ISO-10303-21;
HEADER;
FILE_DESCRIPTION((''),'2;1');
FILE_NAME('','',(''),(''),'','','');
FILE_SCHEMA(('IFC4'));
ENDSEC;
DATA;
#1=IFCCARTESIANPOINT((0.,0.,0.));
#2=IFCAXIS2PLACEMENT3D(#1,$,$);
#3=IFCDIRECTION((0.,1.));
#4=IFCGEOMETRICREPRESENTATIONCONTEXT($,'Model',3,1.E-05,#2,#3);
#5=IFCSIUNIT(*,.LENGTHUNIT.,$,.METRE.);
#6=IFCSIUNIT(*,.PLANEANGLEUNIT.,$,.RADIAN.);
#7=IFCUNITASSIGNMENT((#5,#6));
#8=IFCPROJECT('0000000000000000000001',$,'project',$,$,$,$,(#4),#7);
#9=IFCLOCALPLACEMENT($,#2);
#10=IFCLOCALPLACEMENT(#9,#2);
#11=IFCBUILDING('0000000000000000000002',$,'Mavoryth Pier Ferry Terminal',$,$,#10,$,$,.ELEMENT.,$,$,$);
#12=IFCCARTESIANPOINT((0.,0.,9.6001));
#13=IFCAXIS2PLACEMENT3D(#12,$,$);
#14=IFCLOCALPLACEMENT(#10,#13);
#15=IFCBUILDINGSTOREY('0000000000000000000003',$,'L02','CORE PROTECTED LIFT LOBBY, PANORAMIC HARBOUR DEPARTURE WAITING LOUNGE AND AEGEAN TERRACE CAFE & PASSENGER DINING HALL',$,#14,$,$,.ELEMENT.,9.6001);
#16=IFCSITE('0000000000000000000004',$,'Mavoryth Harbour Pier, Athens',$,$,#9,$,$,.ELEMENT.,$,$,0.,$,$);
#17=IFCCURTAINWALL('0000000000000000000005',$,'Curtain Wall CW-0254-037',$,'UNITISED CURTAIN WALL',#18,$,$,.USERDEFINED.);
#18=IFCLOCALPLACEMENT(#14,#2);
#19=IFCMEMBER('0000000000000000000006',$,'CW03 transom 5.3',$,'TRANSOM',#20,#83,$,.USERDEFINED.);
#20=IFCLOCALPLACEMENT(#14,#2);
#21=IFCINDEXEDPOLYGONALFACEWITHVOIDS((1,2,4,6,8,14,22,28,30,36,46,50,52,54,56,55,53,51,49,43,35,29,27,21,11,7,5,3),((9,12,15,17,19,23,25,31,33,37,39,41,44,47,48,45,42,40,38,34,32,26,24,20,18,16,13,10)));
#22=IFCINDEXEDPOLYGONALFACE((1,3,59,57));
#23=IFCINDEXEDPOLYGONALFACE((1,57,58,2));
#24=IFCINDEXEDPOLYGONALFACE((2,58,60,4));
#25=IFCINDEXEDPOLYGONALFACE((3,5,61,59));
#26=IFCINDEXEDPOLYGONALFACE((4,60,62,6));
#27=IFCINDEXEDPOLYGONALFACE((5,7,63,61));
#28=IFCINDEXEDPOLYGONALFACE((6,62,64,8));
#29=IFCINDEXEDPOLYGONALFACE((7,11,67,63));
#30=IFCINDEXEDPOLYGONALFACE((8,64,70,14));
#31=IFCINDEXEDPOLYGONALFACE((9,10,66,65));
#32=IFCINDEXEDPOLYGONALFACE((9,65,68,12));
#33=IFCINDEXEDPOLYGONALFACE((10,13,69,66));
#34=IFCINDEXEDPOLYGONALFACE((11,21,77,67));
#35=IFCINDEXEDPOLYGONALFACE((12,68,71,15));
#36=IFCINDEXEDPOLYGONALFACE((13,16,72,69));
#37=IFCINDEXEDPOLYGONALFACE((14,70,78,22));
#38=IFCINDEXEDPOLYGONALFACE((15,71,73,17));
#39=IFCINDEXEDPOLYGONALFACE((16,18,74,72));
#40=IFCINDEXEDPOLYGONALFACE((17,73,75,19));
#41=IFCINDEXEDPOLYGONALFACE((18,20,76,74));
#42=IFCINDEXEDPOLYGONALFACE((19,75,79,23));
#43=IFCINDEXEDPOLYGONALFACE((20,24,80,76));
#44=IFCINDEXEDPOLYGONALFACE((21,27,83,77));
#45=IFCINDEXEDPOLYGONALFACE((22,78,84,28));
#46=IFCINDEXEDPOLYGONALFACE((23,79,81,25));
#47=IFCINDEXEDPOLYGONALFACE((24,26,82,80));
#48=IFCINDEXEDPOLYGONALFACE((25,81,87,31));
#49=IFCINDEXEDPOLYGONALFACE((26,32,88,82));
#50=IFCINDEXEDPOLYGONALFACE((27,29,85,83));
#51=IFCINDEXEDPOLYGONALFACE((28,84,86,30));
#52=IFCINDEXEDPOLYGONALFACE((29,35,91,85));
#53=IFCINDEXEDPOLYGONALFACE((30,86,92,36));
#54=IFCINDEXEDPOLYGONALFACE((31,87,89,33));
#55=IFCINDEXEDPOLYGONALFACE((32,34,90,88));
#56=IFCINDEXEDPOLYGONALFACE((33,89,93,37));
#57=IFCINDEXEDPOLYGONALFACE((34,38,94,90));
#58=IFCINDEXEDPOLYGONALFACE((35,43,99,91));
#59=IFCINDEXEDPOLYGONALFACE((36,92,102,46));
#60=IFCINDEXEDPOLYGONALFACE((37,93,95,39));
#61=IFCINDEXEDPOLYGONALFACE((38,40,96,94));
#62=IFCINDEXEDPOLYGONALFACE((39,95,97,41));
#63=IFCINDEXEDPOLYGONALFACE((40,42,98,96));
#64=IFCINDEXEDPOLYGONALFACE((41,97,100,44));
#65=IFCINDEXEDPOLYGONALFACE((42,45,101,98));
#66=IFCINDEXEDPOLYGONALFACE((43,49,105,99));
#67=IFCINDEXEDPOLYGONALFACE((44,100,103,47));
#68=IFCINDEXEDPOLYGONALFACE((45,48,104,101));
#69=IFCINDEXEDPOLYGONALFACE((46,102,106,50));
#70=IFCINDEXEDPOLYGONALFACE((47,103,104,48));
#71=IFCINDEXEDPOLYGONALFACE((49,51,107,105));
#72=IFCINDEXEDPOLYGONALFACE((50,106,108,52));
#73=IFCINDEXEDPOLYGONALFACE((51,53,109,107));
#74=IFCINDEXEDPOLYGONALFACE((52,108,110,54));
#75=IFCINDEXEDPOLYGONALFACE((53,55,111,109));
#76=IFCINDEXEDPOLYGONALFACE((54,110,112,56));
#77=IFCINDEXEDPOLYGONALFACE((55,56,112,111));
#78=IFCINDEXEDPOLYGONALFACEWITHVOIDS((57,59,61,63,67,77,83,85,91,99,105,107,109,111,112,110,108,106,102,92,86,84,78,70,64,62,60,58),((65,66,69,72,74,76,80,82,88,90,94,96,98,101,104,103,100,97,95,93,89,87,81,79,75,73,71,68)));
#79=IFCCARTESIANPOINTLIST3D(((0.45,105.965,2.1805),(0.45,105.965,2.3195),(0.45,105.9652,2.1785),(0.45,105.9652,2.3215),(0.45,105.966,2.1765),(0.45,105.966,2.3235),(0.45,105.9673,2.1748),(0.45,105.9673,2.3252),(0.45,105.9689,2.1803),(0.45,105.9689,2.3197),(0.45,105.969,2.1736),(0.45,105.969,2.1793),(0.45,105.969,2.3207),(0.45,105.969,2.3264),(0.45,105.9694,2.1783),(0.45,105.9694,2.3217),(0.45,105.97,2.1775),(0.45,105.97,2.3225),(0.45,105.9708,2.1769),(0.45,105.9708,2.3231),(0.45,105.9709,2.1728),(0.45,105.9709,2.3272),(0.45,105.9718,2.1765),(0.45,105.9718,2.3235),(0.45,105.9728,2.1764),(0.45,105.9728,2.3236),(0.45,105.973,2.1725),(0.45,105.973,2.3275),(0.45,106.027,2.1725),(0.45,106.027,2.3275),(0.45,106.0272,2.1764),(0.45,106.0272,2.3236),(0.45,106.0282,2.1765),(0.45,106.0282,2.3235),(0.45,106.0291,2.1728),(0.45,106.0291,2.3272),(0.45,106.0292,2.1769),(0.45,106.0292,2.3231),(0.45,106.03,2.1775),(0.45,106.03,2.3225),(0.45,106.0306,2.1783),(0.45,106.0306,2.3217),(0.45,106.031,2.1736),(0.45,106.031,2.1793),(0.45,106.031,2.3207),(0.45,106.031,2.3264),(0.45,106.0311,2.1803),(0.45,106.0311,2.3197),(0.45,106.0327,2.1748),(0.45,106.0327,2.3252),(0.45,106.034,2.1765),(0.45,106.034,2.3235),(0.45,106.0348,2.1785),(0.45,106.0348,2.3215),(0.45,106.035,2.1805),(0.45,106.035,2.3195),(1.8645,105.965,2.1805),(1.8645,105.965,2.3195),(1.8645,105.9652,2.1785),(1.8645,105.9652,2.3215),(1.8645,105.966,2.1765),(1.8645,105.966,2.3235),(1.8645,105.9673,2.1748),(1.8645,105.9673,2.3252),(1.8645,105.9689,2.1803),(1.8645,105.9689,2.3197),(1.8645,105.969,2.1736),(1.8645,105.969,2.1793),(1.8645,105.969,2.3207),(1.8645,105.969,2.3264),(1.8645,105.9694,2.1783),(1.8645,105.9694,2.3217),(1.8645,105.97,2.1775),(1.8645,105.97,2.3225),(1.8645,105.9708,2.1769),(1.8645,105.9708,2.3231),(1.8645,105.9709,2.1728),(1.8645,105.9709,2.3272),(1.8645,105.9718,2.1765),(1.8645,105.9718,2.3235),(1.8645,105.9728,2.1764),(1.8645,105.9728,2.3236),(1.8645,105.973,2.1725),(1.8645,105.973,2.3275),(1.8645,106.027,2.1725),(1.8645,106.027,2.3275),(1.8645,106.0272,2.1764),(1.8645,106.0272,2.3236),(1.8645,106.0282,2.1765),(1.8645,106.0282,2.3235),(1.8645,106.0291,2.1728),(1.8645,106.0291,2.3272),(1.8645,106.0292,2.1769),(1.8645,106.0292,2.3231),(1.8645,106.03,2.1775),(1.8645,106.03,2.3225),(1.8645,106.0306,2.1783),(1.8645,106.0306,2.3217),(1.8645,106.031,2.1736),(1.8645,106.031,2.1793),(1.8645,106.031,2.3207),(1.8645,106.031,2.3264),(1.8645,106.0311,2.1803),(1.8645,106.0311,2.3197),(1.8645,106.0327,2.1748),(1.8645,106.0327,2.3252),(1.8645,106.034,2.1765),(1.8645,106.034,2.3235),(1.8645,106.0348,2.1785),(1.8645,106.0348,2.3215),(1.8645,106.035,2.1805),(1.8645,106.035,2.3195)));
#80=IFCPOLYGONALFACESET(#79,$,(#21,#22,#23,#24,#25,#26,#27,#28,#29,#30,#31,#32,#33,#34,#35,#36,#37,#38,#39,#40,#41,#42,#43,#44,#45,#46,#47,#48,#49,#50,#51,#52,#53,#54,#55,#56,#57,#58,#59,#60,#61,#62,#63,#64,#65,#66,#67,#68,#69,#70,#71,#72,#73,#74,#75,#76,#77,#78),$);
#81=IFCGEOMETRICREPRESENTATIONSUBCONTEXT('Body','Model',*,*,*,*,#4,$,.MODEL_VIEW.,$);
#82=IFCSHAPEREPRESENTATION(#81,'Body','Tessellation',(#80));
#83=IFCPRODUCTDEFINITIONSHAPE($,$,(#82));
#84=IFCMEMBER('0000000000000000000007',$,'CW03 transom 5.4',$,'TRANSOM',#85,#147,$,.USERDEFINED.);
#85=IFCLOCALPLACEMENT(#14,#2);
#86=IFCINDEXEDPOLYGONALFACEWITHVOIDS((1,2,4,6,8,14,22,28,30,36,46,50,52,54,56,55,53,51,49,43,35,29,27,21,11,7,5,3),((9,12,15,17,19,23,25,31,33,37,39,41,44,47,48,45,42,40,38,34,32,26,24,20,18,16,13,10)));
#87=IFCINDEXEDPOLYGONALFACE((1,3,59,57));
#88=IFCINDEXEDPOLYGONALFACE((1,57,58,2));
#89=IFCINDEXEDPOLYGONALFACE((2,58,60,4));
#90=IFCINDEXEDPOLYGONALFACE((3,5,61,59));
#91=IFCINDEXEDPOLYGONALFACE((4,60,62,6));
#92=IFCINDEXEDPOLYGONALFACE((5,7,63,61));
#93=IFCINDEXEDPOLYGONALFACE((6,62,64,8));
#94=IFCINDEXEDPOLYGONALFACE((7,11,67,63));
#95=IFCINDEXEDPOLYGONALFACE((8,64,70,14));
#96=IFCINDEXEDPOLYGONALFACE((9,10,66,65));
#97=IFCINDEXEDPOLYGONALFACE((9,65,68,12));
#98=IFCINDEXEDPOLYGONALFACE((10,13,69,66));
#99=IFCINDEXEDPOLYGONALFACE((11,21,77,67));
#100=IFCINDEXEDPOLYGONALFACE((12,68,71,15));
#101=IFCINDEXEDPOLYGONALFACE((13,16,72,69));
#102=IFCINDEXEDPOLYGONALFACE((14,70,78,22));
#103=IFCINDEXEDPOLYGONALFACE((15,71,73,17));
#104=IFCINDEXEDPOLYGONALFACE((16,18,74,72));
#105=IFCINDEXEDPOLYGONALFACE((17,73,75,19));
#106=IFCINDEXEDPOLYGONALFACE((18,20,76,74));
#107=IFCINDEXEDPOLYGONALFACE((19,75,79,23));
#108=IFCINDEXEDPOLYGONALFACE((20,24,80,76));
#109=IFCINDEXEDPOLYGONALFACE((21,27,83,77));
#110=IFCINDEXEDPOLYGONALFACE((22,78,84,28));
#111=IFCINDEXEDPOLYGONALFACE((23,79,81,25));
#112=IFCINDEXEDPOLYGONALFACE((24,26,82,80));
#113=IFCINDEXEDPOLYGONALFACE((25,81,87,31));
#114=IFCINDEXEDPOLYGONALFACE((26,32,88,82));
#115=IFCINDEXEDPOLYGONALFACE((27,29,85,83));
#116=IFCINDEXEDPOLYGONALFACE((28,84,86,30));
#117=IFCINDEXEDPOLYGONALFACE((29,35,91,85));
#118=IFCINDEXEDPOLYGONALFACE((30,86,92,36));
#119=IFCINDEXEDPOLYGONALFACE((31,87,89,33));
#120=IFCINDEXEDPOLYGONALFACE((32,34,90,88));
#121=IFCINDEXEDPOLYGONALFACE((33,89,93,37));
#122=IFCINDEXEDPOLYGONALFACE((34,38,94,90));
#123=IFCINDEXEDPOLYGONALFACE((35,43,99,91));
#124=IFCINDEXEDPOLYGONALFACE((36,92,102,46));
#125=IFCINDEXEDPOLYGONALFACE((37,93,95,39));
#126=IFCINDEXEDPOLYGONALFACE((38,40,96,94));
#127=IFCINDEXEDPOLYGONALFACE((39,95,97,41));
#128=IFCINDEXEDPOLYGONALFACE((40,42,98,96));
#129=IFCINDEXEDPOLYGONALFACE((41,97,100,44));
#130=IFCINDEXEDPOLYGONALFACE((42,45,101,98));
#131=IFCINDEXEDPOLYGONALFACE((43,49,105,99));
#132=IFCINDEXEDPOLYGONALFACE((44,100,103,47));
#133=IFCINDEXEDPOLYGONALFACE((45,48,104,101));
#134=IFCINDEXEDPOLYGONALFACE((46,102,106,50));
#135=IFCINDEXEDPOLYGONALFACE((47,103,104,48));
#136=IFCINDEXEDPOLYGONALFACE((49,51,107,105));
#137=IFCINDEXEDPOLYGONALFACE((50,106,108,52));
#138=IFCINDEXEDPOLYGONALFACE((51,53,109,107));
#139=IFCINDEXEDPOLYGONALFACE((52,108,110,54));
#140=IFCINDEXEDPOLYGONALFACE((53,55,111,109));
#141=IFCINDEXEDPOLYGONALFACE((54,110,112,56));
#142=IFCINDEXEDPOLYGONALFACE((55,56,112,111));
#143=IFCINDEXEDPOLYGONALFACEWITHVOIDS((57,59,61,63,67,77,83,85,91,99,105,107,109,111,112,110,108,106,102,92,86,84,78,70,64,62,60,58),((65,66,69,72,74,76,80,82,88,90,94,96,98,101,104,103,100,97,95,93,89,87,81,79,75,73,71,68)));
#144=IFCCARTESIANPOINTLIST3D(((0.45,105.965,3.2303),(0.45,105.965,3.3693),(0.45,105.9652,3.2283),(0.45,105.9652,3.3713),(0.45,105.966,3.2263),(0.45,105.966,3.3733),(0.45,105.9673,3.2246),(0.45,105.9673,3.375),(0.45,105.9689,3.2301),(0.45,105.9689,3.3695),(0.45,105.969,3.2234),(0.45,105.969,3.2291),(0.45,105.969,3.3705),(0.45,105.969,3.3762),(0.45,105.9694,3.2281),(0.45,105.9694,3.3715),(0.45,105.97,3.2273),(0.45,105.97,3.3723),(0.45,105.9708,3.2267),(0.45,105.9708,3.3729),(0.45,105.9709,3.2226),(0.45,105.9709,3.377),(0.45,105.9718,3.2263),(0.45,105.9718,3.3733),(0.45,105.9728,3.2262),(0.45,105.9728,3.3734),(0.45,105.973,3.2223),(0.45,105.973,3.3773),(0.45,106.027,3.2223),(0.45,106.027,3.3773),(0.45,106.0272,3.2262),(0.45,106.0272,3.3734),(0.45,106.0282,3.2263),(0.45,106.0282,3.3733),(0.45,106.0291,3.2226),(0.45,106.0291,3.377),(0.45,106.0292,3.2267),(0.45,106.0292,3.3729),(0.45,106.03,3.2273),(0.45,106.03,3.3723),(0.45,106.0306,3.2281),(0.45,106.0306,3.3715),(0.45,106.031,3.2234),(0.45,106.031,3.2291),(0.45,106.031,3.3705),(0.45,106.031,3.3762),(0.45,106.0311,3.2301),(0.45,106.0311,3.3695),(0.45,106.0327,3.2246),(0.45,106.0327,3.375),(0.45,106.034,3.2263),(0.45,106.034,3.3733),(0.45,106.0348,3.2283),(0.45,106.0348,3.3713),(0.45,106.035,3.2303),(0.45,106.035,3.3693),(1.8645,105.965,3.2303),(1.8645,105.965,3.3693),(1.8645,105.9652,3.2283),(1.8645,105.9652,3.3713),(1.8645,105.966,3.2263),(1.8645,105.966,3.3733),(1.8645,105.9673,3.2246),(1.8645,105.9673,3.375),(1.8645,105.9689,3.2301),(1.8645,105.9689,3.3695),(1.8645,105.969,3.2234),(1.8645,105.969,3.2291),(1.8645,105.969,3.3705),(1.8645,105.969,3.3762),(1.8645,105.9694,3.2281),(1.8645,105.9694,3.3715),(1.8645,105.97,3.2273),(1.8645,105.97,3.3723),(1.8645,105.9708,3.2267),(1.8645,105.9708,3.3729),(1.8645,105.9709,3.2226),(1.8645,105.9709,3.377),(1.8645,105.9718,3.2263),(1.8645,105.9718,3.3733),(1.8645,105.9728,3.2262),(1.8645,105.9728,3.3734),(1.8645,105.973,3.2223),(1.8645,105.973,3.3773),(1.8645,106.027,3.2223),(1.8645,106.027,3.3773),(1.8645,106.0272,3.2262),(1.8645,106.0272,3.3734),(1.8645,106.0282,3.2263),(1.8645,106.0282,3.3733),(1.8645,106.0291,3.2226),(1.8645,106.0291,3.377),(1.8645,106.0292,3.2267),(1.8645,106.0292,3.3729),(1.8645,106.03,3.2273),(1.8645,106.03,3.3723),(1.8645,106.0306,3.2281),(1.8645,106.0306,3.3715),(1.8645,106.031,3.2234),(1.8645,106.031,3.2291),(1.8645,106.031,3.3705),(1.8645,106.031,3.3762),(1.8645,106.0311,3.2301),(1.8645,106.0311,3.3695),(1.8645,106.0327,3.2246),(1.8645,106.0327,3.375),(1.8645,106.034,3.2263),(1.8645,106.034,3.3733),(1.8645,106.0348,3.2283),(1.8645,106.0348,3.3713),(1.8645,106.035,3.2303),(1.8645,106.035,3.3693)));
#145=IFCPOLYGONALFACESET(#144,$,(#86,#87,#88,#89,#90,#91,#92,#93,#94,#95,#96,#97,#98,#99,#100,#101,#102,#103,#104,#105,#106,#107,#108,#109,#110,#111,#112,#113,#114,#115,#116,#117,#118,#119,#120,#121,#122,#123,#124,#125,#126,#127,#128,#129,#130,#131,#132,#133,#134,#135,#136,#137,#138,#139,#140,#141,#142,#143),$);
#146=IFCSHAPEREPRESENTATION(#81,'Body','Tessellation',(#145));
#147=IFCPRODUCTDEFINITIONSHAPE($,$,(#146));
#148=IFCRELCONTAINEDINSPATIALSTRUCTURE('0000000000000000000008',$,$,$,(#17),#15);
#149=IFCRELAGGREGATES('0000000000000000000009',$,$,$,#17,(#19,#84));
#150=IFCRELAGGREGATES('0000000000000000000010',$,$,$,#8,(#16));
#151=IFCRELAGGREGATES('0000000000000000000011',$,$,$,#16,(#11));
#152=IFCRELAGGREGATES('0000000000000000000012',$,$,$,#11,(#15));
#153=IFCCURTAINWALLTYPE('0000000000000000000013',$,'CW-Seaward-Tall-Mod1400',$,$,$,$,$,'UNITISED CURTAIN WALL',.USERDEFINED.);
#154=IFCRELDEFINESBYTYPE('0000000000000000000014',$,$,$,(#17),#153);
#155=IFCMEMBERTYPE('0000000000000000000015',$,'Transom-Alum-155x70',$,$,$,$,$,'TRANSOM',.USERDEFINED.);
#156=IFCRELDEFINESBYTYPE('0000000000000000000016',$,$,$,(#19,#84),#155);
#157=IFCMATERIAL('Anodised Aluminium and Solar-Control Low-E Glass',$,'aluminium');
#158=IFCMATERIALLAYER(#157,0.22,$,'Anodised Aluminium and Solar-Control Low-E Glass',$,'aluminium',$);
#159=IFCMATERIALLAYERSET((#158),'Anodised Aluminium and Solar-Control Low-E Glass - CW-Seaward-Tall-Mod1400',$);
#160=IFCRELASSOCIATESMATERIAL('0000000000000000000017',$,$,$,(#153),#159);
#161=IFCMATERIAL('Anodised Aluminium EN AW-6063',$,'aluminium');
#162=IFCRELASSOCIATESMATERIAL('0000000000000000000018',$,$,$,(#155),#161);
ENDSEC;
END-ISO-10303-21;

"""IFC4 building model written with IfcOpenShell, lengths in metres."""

from ifc_helpers import new_model, si_unit, direction, frame, origin, origin_2d, place, context, subcontext, project, spatial, hollow_rectangle, extrude, material, layer, layer_set, material_profile, profile_set, type_object, element, aggregate, save


model = new_model("IFC4")

# Units and contexts
model_context = context("Model", 3, precision=1e-05, world=origin(), true_north=direction((0.0, 1.0)))
body_context = subcontext(model_context, "Body", "Model", "MODEL_VIEW")
ifc_project = project(units=[si_unit("LENGTHUNIT", "METRE"), si_unit("PLANEANGLEUNIT", "RADIAN")], contexts=[model_context])

# Site, building, storey
site_placement = place(None, origin())
site = spatial("IfcSite", under=ifc_project, at=site_placement, Name="Mavoryth Harbour Pier, Athens", CompositionType="ELEMENT", RefElevation=0.0)
building_placement = place(site_placement, origin())
building = spatial("IfcBuilding", under=site, at=building_placement, Name="Mavoryth Pier Ferry Terminal", CompositionType="ELEMENT")
storey_placement = place(building_placement, frame((0.0, 0.0, 9.6001)))
storey = spatial("IfcBuildingStorey", under=building, at=storey_placement, Name="L02", Description="CORE PROTECTED LIFT LOBBY, PANORAMIC HARBOUR DEPARTURE WAITING LOUNGE AND AEGEAN TERRACE CAFE & PASSENGER DINING HALL", CompositionType="ELEMENT", Elevation=9.6001)

# Curtain wall
ifc_material_1 = material(Name="Anodised Aluminium and Solar-Control Low-E Glass", Category="aluminium")
ifc_material_2 = material(Name="Anodised Aluminium EN AW-6063", Category="aluminium")
ifc_layer_1 = layer(ifc_material_1, 0.22, Name="Anodised Aluminium and Solar-Control Low-E Glass", Category="aluminium")
ifc_layer_set_1 = layer_set([ifc_layer_1], Name="Anodised Aluminium and Solar-Control Low-E Glass - CW-Seaward-Tall-Mod1400")
curtain_wall_type_1 = type_object("IfcCurtainWallType", Name="CW-Seaward-Tall-Mod1400", ElementType="UNITISED CURTAIN WALL", PredefinedType="USERDEFINED", material=ifc_layer_set_1)
curtain_wall_1_placement = place(storey_placement, origin())
curtain_wall_1 = element("IfcCurtainWall", 1, at=curtain_wall_1_placement, inside=storey, type_object=curtain_wall_type_1, Name="Curtain Wall CW-0254-037", ObjectType="UNITISED CURTAIN WALL", PredefinedType="USERDEFINED")

# Members
ifc_material_profile_1 = material_profile(ifc_material_2, hollow_rectangle(XDim=0.0701, YDim=0.155, WallThickness=0.0039, InnerFilletRadius=0.0039, OuterFilletRadius=0.0081, at=origin_2d()), Name="AL-TRAN 155x70x4", Category="aluminium")
ifc_profile_set_1 = profile_set([ifc_material_profile_1], Name="Anodised Aluminium EN AW-6063 - AL-TRAN 155x70x4")
member_type_1 = type_object("IfcMemberType", Name="Transom-Alum-155x70", ElementType="TRANSOM", PredefinedType="USERDEFINED", material=ifc_profile_set_1)
member_1_placement = place(storey_placement, frame((1.8645, 106.0, 2.25), z_axis=(-1.0, 0.0, 0.0), x_axis=(0.0, -1.0, 0.0)))
member_1 = element("IfcMember", 2, at=member_1_placement, type_object=member_type_1, Name="CW03 transom 5.3", ObjectType="TRANSOM", PredefinedType="USERDEFINED", context=body_context, shape_type="SweptSolid", body=[
    extrude(hollow_rectangle(XDim=0.0701, YDim=0.155, WallThickness=0.0039, InnerFilletRadius=0.0039, OuterFilletRadius=0.0081, at=origin_2d()), origin(), (0.0, 0.0, 1.0), 1.4146),
])
member_2_placement = place(storey_placement, frame((1.8645, 106.0, 3.2998), z_axis=(-1.0, 0.0, 0.0), x_axis=(0.0, -1.0, 0.0)))
member_2 = element("IfcMember", 3, at=member_2_placement, type_object=member_type_1, Name="CW03 transom 5.4", ObjectType="TRANSOM", PredefinedType="USERDEFINED", context=body_context, shape_type="SweptSolid", body=[
    extrude(hollow_rectangle(XDim=0.0701, YDim=0.155, WallThickness=0.0039, InnerFilletRadius=0.0039, OuterFilletRadius=0.0081, at=origin_2d()), origin(), (0.0, 0.0, 1.0), 1.4146),
])

aggregate(curtain_wall_1, [member_1, member_2])

save(model, "model.ifc")
